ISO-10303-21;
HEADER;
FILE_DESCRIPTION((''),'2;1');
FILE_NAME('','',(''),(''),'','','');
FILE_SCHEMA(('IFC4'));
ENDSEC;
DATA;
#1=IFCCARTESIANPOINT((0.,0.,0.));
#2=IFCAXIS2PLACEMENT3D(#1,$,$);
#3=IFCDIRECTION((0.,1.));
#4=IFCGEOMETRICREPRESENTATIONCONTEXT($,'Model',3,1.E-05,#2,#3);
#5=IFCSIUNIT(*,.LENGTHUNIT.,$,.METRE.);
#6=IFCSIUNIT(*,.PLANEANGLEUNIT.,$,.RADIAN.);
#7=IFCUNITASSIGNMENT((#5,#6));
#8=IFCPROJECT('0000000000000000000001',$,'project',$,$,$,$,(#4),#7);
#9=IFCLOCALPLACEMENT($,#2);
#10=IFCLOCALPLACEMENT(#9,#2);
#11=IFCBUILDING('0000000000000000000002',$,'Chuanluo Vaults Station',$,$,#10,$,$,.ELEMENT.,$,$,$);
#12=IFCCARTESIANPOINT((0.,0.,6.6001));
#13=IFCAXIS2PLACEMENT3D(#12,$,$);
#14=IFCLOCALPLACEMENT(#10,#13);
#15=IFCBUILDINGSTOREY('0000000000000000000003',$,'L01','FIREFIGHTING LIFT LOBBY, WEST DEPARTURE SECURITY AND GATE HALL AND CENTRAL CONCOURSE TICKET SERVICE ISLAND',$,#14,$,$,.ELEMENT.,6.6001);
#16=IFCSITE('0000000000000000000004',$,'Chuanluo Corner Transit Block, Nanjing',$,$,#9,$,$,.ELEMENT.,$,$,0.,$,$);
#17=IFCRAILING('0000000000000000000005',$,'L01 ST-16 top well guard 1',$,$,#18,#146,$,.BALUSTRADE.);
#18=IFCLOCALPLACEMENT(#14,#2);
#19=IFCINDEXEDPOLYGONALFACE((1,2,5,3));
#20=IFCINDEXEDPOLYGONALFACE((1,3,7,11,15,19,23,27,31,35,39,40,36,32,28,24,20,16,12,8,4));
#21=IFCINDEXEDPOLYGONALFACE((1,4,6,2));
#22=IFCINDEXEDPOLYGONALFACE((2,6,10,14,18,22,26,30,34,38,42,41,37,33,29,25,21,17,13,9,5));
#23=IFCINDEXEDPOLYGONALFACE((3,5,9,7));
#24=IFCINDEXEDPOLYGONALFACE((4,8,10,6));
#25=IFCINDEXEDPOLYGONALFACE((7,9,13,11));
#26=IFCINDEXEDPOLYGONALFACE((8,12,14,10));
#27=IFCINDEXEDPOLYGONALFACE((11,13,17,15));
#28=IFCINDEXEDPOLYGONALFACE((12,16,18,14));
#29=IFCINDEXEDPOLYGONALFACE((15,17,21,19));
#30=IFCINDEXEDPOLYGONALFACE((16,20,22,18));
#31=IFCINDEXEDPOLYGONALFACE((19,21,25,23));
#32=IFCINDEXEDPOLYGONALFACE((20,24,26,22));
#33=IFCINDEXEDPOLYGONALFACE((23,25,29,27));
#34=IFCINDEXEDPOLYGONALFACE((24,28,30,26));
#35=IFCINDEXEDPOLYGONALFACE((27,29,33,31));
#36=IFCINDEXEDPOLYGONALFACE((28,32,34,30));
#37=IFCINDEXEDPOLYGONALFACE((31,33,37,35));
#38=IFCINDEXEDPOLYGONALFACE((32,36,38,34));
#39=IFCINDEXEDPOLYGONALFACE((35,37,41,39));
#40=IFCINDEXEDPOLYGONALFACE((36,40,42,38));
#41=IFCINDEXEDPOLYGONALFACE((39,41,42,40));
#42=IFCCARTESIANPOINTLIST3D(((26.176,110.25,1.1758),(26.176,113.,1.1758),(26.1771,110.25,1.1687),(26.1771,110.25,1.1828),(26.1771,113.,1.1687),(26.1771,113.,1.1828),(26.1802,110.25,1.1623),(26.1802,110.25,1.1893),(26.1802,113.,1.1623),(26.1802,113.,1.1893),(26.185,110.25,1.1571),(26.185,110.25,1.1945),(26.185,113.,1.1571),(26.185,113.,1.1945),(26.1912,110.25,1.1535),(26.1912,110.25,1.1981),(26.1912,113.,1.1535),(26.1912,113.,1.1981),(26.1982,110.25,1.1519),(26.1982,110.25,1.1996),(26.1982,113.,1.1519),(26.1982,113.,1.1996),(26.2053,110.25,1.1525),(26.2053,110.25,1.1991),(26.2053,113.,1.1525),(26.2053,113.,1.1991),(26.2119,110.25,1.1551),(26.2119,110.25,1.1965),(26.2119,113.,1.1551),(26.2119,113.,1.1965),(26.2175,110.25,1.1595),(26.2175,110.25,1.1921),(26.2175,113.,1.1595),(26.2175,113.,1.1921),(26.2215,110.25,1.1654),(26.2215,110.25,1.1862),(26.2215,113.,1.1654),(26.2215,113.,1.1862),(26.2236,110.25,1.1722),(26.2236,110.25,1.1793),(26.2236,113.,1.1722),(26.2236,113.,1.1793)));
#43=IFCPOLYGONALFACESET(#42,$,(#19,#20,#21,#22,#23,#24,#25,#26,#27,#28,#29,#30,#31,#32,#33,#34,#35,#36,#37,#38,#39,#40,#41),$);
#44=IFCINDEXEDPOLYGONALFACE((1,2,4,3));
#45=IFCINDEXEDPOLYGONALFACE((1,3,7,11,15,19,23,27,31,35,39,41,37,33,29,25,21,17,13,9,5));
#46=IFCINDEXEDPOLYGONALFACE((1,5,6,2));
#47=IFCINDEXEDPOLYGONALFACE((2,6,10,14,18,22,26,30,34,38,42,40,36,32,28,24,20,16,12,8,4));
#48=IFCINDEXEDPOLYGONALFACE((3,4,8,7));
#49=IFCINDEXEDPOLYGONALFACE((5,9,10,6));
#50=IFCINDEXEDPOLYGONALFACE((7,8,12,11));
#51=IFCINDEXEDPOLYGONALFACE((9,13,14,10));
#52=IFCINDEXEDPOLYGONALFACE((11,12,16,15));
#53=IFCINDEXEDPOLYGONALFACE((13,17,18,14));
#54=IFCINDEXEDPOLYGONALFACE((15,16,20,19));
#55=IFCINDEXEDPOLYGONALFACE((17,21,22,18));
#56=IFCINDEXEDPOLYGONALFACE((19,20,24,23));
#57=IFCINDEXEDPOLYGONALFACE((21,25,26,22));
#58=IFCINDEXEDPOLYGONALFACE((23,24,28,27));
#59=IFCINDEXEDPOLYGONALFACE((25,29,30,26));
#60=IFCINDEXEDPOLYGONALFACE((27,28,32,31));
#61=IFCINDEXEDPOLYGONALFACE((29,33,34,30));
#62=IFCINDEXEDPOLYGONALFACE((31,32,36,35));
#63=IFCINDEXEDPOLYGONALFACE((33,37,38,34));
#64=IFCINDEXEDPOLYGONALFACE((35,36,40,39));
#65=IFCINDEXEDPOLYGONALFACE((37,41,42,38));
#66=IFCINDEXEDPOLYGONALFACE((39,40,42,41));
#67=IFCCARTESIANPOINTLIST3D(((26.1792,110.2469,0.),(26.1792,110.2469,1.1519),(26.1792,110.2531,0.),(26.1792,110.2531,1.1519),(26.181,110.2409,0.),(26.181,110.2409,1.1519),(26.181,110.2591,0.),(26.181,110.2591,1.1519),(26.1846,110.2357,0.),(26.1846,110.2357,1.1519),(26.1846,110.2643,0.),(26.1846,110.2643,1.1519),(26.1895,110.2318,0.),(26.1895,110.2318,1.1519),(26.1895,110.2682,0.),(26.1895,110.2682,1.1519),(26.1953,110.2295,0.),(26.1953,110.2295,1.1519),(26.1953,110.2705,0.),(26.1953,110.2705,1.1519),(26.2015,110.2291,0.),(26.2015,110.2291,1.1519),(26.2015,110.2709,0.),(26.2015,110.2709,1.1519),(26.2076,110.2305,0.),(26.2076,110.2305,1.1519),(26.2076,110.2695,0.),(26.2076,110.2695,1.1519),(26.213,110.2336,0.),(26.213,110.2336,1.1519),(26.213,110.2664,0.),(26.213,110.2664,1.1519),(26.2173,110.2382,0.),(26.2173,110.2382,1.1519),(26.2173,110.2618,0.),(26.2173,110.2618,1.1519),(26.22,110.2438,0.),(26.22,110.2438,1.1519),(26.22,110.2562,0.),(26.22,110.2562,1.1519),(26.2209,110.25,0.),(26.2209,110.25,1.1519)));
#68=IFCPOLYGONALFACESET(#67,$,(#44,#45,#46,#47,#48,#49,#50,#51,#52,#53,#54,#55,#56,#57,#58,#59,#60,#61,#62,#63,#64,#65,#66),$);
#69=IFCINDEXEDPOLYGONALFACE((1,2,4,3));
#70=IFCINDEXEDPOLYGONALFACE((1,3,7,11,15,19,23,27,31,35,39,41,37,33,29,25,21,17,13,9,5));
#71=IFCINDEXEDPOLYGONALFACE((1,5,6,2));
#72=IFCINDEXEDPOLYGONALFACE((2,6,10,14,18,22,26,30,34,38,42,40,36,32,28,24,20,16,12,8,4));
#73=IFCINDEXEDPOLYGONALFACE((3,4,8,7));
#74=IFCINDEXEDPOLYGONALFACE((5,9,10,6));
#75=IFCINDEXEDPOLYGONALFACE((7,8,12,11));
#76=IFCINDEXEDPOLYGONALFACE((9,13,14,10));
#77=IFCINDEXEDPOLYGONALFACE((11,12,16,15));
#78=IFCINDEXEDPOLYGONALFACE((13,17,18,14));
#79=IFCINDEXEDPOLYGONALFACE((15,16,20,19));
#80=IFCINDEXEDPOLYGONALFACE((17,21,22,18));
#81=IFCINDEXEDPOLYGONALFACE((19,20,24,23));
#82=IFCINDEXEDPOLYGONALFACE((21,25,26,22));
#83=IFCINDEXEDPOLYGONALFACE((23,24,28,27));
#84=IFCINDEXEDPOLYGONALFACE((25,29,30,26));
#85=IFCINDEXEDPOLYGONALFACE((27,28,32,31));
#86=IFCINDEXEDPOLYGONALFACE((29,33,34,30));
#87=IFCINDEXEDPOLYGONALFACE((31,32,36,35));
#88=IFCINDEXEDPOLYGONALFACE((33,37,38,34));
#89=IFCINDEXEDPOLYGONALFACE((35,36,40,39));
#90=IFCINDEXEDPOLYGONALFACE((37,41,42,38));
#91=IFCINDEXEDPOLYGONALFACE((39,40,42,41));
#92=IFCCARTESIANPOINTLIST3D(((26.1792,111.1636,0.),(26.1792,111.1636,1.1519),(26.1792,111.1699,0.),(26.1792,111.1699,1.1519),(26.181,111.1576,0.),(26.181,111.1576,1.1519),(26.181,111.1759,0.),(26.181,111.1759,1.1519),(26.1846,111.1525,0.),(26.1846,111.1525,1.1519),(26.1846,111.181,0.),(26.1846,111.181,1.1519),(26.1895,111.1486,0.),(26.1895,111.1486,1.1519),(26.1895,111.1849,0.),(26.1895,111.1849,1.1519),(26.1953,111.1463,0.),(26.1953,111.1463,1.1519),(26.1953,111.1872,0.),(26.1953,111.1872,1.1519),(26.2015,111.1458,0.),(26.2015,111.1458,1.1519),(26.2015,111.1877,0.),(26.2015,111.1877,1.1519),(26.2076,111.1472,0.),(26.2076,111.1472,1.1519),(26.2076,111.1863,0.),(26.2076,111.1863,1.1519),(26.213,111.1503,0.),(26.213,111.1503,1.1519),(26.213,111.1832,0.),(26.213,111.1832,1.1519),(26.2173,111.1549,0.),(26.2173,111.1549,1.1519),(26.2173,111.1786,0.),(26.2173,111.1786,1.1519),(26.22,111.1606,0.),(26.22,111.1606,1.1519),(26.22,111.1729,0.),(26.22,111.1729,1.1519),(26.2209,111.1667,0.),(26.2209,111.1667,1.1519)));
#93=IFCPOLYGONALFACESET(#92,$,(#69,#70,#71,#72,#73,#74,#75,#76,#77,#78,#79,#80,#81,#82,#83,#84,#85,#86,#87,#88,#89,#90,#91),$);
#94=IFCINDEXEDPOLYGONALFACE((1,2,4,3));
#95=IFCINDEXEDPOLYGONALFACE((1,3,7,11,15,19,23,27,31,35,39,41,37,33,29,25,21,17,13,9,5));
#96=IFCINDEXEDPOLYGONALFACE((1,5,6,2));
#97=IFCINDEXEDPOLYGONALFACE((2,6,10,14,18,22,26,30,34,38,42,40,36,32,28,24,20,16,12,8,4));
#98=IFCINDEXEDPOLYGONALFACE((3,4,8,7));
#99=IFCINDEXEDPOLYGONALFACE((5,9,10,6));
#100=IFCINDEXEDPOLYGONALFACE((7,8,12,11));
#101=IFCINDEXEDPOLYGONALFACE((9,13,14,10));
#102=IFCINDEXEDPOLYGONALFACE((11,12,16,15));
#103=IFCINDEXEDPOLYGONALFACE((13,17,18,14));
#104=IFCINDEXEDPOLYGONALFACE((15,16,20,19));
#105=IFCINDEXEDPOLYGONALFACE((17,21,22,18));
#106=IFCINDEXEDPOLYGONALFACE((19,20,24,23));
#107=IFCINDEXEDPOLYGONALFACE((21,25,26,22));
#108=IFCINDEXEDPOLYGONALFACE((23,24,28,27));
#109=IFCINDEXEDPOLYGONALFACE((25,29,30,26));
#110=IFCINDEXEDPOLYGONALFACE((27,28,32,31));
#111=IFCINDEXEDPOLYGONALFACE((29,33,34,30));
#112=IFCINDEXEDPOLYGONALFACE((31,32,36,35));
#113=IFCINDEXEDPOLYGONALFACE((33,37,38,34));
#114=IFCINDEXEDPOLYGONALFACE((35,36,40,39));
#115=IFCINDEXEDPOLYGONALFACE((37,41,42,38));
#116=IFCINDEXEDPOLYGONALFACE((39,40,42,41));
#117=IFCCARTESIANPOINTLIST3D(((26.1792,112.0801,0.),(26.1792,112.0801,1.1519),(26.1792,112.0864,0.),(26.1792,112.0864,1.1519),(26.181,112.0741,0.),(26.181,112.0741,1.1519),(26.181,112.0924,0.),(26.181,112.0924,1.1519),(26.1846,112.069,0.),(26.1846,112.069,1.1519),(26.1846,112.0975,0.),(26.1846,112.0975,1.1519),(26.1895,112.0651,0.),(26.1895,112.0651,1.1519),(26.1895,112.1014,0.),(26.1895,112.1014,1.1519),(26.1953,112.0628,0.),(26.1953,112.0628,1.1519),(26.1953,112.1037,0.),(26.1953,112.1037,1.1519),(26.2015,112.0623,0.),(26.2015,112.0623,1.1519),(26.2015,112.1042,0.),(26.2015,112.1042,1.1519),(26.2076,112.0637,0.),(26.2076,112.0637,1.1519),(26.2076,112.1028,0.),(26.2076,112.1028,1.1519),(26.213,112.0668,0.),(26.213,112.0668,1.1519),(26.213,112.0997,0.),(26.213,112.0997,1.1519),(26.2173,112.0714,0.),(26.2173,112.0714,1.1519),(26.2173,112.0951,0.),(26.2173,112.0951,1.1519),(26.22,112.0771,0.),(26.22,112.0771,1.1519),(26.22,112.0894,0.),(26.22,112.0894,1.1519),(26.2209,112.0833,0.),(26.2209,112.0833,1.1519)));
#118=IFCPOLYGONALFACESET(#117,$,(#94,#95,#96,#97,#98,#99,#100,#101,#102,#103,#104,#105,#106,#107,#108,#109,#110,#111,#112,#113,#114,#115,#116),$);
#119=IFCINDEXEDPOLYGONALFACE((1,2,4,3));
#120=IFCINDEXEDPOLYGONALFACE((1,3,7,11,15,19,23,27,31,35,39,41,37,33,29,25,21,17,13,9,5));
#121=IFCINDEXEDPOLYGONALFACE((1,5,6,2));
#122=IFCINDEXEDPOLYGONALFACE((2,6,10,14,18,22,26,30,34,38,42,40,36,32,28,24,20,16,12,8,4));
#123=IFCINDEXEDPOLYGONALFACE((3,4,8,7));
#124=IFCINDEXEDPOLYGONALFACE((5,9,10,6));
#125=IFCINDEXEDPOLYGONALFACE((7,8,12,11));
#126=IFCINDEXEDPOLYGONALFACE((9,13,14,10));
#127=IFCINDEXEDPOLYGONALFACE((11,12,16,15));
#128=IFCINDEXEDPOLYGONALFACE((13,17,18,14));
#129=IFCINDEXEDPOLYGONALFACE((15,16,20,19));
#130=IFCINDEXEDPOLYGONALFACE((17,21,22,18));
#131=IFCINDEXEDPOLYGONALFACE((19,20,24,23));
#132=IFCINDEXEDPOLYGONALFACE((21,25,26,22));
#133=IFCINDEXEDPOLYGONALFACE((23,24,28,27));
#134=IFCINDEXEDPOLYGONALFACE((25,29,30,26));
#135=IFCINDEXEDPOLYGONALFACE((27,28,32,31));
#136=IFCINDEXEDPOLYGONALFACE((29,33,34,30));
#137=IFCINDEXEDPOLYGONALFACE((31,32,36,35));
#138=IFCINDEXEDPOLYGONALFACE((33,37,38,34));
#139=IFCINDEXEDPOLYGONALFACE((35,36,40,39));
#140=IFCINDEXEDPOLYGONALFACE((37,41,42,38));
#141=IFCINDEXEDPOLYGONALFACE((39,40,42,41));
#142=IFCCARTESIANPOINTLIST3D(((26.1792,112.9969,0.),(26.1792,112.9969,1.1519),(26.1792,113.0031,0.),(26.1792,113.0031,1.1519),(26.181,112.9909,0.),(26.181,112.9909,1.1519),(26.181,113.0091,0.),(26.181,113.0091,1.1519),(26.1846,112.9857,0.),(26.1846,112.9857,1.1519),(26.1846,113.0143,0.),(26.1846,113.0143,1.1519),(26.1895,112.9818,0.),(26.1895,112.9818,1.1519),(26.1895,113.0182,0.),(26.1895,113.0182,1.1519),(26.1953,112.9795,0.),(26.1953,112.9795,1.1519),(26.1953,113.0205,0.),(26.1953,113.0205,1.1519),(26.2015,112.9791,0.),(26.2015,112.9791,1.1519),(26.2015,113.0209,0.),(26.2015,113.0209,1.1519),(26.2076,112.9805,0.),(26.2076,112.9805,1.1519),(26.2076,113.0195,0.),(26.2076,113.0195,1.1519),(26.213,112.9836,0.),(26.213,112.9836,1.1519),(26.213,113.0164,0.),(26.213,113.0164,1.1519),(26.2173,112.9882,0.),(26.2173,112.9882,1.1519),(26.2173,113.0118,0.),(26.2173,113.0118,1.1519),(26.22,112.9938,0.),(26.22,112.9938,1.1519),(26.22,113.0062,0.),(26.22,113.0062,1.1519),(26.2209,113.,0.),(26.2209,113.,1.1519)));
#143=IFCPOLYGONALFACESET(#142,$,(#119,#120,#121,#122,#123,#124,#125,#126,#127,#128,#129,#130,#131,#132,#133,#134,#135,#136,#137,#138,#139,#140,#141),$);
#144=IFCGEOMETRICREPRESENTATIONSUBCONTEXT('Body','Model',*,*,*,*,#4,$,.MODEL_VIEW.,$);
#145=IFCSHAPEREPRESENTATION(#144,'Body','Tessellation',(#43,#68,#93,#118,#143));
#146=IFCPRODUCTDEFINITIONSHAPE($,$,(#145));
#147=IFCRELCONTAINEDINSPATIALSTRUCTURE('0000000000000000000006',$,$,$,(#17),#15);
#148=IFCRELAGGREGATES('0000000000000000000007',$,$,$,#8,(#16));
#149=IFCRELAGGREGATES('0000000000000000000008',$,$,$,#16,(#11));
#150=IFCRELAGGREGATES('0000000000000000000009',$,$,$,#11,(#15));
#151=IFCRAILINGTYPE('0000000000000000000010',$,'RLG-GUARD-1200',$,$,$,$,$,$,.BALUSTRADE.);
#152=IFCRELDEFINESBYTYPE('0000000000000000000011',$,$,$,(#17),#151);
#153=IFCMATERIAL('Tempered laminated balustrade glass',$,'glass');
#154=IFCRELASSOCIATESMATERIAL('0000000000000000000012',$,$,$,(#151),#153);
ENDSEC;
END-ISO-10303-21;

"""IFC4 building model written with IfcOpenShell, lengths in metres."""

from ifc_helpers import new_model, si_unit, direction, frame, origin, origin_2d, place, context, subcontext, project, spatial, circle, extrude, material, type_object, element, save


model = new_model("IFC4")

# Units and contexts
model_context = context("Model", 3, precision=1e-05, world=origin(), true_north=direction((0.0, 1.0)))
body_context = subcontext(model_context, "Body", "Model", "MODEL_VIEW")
ifc_project = project(units=[si_unit("LENGTHUNIT", "METRE"), si_unit("PLANEANGLEUNIT", "RADIAN")], contexts=[model_context])

# Site, building, storey
site_placement = place(None, origin())
site = spatial("IfcSite", under=ifc_project, at=site_placement, Name="Chuanluo Corner Transit Block, Nanjing", CompositionType="ELEMENT", RefElevation=0.0)
building_placement = place(site_placement, origin())
building = spatial("IfcBuilding", under=site, at=building_placement, Name="Chuanluo Vaults Station", CompositionType="ELEMENT")
storey_placement = place(building_placement, frame((0.0, 0.0, 6.6001)))
storey = spatial("IfcBuildingStorey", under=building, at=storey_placement, Name="L01", Description="FIREFIGHTING LIFT LOBBY, WEST DEPARTURE SECURITY AND GATE HALL AND CENTRAL CONCOURSE TICKET SERVICE ISLAND", CompositionType="ELEMENT", Elevation=6.6001)

# Railing
ifc_material_1 = material(Name="Tempered laminated balustrade glass", Category="glass")
railing_type = type_object("IfcRailingType", Name="RLG-GUARD-1200", PredefinedType="BALUSTRADE", material=ifc_material_1)
for number, where, name in (
    (1, (26.2, 110.25, 0.0), "L01 ST-16 top well guard 1"),
):
    element("IfcRailing", number, at=place(storey_placement, frame(where)), inside=storey, type_object=railing_type, Name=name, PredefinedType="BALUSTRADE", context=body_context, shape_type="SweptSolid", body=[
        extrude(circle(Radius=0.0239, at=origin_2d()), frame((0.0, 0.0, 1.1758), z_axis=(0.0, 1.0, 0.0), x_axis=(-1.0, 0.0, 0.0)), (0.0, 0.0, 1.0), 2.75),
        extrude(circle(Radius=0.021, at=origin_2d()), origin(), (0.0, 0.0, 1.0), 1.1519),
        extrude(circle(Radius=0.021, at=origin_2d()), frame((0.0, 0.9167, 0.0)), (0.0, 0.0, 1.0), 1.1519),
        extrude(circle(Radius=0.021, at=origin_2d()), frame((0.0, 1.8333, 0.0)), (0.0, 0.0, 1.0), 1.1519),
        extrude(circle(Radius=0.021, at=origin_2d()), frame((0.0, 2.75, 0.0)), (0.0, 0.0, 1.0), 1.1519),
    ])

save(model, "model.ifc")
